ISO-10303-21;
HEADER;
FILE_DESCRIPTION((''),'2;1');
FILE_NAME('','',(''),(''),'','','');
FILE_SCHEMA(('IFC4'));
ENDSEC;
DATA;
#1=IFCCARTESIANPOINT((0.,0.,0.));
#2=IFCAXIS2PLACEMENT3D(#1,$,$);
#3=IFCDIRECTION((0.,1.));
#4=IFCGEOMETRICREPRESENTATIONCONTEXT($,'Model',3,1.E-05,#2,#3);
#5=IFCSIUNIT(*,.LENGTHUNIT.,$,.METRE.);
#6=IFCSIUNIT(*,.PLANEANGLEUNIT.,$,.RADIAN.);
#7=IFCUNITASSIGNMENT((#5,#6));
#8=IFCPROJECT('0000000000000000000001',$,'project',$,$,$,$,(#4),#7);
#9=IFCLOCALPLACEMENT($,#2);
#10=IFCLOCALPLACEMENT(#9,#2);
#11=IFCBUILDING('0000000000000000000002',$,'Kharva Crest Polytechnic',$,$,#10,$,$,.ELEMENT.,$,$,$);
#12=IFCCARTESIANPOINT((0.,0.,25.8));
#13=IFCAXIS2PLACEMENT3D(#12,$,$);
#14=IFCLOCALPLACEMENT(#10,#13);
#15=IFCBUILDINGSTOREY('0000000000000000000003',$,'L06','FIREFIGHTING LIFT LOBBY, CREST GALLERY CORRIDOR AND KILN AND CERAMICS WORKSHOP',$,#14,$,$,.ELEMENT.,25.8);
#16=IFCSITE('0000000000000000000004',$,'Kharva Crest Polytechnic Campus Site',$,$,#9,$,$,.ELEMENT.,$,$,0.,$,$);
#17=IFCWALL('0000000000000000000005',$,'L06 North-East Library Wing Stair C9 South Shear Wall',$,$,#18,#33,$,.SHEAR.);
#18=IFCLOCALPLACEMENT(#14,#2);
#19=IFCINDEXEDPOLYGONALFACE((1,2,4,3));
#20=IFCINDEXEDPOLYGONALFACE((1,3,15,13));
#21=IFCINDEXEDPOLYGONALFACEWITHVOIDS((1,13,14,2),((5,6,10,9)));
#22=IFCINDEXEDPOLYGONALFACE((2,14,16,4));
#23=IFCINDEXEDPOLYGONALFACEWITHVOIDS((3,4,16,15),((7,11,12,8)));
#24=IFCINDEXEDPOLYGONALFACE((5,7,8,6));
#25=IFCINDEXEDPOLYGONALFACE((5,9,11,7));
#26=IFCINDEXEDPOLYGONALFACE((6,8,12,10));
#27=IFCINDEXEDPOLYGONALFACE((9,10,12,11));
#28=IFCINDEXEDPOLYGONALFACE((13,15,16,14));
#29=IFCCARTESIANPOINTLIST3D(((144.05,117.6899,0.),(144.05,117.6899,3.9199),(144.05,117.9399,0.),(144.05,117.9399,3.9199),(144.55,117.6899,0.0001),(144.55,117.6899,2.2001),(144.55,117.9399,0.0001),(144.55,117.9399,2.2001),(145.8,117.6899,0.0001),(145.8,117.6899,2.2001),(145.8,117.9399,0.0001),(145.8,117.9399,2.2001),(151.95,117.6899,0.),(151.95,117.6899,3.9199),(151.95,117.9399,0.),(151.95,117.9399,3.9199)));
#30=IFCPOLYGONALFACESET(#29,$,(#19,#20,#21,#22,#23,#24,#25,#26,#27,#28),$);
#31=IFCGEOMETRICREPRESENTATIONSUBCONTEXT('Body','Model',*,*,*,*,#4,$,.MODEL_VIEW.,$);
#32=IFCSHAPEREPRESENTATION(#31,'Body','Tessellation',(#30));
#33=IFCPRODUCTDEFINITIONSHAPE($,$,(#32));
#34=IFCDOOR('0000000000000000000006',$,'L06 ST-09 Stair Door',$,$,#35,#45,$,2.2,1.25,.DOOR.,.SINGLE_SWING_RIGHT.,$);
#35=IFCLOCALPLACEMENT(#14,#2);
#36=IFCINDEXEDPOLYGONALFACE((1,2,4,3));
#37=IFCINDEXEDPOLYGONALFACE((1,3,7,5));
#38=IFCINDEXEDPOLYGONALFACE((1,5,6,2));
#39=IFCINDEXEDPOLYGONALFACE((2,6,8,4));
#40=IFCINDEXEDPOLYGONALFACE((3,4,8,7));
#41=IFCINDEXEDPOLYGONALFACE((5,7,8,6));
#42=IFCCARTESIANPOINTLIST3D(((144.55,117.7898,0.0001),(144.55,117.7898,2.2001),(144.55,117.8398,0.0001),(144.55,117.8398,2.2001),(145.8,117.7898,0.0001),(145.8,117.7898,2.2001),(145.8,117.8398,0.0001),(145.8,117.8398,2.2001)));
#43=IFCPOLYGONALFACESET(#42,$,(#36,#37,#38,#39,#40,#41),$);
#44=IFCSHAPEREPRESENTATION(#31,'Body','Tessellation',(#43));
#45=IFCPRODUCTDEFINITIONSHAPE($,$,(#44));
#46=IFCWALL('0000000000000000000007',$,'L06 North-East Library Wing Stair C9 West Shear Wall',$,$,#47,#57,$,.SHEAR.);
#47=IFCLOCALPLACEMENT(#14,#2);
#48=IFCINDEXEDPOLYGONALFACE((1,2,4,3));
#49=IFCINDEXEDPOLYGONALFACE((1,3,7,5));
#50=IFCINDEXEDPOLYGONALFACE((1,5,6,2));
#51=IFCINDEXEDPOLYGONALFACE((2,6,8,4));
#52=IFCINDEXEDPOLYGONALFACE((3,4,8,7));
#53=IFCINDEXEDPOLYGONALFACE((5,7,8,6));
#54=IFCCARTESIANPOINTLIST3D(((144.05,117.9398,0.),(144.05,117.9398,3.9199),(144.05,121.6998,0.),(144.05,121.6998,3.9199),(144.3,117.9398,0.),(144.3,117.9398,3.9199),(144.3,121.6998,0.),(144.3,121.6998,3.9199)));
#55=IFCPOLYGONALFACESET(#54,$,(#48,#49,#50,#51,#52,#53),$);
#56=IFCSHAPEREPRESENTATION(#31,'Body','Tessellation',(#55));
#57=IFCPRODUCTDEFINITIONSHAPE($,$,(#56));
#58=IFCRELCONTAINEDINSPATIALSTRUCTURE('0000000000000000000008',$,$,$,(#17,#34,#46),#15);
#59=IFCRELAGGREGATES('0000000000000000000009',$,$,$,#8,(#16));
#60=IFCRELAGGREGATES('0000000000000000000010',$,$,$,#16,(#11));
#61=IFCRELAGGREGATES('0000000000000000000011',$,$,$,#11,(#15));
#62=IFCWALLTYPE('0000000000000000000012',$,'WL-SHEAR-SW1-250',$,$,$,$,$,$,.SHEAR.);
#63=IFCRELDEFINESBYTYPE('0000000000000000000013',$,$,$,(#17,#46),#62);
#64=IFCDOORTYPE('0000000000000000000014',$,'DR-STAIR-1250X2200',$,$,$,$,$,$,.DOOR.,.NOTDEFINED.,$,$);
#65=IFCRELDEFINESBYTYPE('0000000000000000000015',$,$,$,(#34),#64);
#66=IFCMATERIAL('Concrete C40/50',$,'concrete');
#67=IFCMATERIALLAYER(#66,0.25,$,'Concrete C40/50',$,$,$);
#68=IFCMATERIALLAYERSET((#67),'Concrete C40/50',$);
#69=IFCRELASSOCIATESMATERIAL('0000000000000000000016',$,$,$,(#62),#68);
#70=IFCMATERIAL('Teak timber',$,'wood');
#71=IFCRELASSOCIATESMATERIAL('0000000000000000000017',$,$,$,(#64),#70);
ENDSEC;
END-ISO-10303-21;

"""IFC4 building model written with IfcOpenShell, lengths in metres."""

from ifc_helpers import new_model, si_unit, direction, frame, frame_2d, origin, place, context, subcontext, project, spatial, rectangle, extrude, material, layer, layer_set, type_object, element, fill, save


model = new_model("IFC4")

# Units and contexts
model_context = context("Model", 3, precision=1e-05, world=origin(), true_north=direction((0.0, 1.0)))
body_context = subcontext(model_context, "Body", "Model", "MODEL_VIEW")
ifc_project = project(units=[si_unit("LENGTHUNIT", "METRE"), si_unit("PLANEANGLEUNIT", "RADIAN")], contexts=[model_context])

# Site, building, storey
site_placement = place(None, origin())
site = spatial("IfcSite", under=ifc_project, at=site_placement, Name="Kharva Crest Polytechnic Campus Site", CompositionType="ELEMENT", RefElevation=0.0)
building_placement = place(site_placement, origin())
building = spatial("IfcBuilding", under=site, at=building_placement, Name="Kharva Crest Polytechnic", CompositionType="ELEMENT")
storey_placement = place(building_placement, frame((0.0, 0.0, 25.8)))
storey = spatial("IfcBuildingStorey", under=building, at=storey_placement, Name="L06", Description="FIREFIGHTING LIFT LOBBY, CREST GALLERY CORRIDOR AND KILN AND CERAMICS WORKSHOP", CompositionType="ELEMENT", Elevation=25.8)

# Shared definitions
ifc_material_1 = material(Name="Concrete C40/50", Category="concrete")

# Wall, opening, door
ifc_layer_1 = layer(ifc_material_1, 0.25, Name="Concrete C40/50")
ifc_layer_set_1 = layer_set([ifc_layer_1], Name="Concrete C40/50")
wall_type_1 = type_object("IfcWallType", Name="WL-SHEAR-SW1-250", PredefinedType="SHEAR", material=ifc_layer_set_1)
wall_1_placement = place(storey_placement, frame((144.05, 117.8149, 0.0), z_axis=(0.0, 0.0, 1.0), x_axis=(1.0, 0.0, 0.0)))
wall_1 = element("IfcWall", 1, at=wall_1_placement, inside=storey, type_object=wall_type_1, Name="L06 North-East Library Wing Stair C9 South Shear Wall", PredefinedType="SHEAR", context=body_context, shape_type="SweptSolid", body=[
    extrude(rectangle(XDim=7.8999, YDim=0.25, at=frame_2d((3.95, 0.0))), origin(), (0.0, 0.0, 1.0), 3.9199),
])
opening_1_placement = place(wall_1_placement, frame((0.5, 0.0, 0.0)))
opening_1 = element("IfcOpeningElement", 2, at=opening_1_placement, cuts=wall_1, PredefinedType="OPENING", context=body_context, shape_type="SweptSolid", body=[
    extrude(rectangle(XDim=1.25, YDim=2.2, at=frame_2d((0.625, 1.1001))), frame((0.0, 0.135, 0.0), z_axis=(0.0, -1.0, 0.0), x_axis=(1.0, 0.0, 0.0)), (0.0, 0.0, 1.0), 0.27),
])
ifc_material_2 = material(Name="Teak timber", Category="wood")
door_type = type_object("IfcDoorType", Name="DR-STAIR-1250X2200", OperationType="NOTDEFINED", PredefinedType="DOOR", material=ifc_material_2)
door_placement = place(opening_1_placement, origin())
door = element("IfcDoor", 3, at=door_placement, inside=storey, type_object=door_type, Name="L06 ST-09 Stair Door", OperationType="SINGLE_SWING_RIGHT", OverallHeight=2.2, OverallWidth=1.25, PredefinedType="DOOR", context=body_context, shape_type="SweptSolid", body=[
    extrude(rectangle(XDim=1.25, YDim=2.2, at=frame_2d((0.625, 1.1001))), frame((0.0, 0.0249, 0.0), z_axis=(0.0, -1.0, 0.0), x_axis=(1.0, 0.0, 0.0)), (0.0, 0.0, 1.0), 0.05),
])
fill(opening_1, door)

# Wall
wall_2_placement = place(storey_placement, frame((144.175, 117.9399, 0.0), z_axis=(0.0, 0.0, 1.0), x_axis=(0.0, 1.0, 0.0)))
element("IfcWall", 4, at=wall_2_placement, inside=storey, type_object=wall_type_1, Name="L06 North-East Library Wing Stair C9 West Shear Wall", PredefinedType="SHEAR", context=body_context, shape_type="SweptSolid", body=[
    extrude(rectangle(XDim=3.76, YDim=0.25, at=frame_2d((1.8799, 0.0))), origin(), (0.0, 0.0, 1.0), 3.9199),
])

save(model, "model.ifc")
